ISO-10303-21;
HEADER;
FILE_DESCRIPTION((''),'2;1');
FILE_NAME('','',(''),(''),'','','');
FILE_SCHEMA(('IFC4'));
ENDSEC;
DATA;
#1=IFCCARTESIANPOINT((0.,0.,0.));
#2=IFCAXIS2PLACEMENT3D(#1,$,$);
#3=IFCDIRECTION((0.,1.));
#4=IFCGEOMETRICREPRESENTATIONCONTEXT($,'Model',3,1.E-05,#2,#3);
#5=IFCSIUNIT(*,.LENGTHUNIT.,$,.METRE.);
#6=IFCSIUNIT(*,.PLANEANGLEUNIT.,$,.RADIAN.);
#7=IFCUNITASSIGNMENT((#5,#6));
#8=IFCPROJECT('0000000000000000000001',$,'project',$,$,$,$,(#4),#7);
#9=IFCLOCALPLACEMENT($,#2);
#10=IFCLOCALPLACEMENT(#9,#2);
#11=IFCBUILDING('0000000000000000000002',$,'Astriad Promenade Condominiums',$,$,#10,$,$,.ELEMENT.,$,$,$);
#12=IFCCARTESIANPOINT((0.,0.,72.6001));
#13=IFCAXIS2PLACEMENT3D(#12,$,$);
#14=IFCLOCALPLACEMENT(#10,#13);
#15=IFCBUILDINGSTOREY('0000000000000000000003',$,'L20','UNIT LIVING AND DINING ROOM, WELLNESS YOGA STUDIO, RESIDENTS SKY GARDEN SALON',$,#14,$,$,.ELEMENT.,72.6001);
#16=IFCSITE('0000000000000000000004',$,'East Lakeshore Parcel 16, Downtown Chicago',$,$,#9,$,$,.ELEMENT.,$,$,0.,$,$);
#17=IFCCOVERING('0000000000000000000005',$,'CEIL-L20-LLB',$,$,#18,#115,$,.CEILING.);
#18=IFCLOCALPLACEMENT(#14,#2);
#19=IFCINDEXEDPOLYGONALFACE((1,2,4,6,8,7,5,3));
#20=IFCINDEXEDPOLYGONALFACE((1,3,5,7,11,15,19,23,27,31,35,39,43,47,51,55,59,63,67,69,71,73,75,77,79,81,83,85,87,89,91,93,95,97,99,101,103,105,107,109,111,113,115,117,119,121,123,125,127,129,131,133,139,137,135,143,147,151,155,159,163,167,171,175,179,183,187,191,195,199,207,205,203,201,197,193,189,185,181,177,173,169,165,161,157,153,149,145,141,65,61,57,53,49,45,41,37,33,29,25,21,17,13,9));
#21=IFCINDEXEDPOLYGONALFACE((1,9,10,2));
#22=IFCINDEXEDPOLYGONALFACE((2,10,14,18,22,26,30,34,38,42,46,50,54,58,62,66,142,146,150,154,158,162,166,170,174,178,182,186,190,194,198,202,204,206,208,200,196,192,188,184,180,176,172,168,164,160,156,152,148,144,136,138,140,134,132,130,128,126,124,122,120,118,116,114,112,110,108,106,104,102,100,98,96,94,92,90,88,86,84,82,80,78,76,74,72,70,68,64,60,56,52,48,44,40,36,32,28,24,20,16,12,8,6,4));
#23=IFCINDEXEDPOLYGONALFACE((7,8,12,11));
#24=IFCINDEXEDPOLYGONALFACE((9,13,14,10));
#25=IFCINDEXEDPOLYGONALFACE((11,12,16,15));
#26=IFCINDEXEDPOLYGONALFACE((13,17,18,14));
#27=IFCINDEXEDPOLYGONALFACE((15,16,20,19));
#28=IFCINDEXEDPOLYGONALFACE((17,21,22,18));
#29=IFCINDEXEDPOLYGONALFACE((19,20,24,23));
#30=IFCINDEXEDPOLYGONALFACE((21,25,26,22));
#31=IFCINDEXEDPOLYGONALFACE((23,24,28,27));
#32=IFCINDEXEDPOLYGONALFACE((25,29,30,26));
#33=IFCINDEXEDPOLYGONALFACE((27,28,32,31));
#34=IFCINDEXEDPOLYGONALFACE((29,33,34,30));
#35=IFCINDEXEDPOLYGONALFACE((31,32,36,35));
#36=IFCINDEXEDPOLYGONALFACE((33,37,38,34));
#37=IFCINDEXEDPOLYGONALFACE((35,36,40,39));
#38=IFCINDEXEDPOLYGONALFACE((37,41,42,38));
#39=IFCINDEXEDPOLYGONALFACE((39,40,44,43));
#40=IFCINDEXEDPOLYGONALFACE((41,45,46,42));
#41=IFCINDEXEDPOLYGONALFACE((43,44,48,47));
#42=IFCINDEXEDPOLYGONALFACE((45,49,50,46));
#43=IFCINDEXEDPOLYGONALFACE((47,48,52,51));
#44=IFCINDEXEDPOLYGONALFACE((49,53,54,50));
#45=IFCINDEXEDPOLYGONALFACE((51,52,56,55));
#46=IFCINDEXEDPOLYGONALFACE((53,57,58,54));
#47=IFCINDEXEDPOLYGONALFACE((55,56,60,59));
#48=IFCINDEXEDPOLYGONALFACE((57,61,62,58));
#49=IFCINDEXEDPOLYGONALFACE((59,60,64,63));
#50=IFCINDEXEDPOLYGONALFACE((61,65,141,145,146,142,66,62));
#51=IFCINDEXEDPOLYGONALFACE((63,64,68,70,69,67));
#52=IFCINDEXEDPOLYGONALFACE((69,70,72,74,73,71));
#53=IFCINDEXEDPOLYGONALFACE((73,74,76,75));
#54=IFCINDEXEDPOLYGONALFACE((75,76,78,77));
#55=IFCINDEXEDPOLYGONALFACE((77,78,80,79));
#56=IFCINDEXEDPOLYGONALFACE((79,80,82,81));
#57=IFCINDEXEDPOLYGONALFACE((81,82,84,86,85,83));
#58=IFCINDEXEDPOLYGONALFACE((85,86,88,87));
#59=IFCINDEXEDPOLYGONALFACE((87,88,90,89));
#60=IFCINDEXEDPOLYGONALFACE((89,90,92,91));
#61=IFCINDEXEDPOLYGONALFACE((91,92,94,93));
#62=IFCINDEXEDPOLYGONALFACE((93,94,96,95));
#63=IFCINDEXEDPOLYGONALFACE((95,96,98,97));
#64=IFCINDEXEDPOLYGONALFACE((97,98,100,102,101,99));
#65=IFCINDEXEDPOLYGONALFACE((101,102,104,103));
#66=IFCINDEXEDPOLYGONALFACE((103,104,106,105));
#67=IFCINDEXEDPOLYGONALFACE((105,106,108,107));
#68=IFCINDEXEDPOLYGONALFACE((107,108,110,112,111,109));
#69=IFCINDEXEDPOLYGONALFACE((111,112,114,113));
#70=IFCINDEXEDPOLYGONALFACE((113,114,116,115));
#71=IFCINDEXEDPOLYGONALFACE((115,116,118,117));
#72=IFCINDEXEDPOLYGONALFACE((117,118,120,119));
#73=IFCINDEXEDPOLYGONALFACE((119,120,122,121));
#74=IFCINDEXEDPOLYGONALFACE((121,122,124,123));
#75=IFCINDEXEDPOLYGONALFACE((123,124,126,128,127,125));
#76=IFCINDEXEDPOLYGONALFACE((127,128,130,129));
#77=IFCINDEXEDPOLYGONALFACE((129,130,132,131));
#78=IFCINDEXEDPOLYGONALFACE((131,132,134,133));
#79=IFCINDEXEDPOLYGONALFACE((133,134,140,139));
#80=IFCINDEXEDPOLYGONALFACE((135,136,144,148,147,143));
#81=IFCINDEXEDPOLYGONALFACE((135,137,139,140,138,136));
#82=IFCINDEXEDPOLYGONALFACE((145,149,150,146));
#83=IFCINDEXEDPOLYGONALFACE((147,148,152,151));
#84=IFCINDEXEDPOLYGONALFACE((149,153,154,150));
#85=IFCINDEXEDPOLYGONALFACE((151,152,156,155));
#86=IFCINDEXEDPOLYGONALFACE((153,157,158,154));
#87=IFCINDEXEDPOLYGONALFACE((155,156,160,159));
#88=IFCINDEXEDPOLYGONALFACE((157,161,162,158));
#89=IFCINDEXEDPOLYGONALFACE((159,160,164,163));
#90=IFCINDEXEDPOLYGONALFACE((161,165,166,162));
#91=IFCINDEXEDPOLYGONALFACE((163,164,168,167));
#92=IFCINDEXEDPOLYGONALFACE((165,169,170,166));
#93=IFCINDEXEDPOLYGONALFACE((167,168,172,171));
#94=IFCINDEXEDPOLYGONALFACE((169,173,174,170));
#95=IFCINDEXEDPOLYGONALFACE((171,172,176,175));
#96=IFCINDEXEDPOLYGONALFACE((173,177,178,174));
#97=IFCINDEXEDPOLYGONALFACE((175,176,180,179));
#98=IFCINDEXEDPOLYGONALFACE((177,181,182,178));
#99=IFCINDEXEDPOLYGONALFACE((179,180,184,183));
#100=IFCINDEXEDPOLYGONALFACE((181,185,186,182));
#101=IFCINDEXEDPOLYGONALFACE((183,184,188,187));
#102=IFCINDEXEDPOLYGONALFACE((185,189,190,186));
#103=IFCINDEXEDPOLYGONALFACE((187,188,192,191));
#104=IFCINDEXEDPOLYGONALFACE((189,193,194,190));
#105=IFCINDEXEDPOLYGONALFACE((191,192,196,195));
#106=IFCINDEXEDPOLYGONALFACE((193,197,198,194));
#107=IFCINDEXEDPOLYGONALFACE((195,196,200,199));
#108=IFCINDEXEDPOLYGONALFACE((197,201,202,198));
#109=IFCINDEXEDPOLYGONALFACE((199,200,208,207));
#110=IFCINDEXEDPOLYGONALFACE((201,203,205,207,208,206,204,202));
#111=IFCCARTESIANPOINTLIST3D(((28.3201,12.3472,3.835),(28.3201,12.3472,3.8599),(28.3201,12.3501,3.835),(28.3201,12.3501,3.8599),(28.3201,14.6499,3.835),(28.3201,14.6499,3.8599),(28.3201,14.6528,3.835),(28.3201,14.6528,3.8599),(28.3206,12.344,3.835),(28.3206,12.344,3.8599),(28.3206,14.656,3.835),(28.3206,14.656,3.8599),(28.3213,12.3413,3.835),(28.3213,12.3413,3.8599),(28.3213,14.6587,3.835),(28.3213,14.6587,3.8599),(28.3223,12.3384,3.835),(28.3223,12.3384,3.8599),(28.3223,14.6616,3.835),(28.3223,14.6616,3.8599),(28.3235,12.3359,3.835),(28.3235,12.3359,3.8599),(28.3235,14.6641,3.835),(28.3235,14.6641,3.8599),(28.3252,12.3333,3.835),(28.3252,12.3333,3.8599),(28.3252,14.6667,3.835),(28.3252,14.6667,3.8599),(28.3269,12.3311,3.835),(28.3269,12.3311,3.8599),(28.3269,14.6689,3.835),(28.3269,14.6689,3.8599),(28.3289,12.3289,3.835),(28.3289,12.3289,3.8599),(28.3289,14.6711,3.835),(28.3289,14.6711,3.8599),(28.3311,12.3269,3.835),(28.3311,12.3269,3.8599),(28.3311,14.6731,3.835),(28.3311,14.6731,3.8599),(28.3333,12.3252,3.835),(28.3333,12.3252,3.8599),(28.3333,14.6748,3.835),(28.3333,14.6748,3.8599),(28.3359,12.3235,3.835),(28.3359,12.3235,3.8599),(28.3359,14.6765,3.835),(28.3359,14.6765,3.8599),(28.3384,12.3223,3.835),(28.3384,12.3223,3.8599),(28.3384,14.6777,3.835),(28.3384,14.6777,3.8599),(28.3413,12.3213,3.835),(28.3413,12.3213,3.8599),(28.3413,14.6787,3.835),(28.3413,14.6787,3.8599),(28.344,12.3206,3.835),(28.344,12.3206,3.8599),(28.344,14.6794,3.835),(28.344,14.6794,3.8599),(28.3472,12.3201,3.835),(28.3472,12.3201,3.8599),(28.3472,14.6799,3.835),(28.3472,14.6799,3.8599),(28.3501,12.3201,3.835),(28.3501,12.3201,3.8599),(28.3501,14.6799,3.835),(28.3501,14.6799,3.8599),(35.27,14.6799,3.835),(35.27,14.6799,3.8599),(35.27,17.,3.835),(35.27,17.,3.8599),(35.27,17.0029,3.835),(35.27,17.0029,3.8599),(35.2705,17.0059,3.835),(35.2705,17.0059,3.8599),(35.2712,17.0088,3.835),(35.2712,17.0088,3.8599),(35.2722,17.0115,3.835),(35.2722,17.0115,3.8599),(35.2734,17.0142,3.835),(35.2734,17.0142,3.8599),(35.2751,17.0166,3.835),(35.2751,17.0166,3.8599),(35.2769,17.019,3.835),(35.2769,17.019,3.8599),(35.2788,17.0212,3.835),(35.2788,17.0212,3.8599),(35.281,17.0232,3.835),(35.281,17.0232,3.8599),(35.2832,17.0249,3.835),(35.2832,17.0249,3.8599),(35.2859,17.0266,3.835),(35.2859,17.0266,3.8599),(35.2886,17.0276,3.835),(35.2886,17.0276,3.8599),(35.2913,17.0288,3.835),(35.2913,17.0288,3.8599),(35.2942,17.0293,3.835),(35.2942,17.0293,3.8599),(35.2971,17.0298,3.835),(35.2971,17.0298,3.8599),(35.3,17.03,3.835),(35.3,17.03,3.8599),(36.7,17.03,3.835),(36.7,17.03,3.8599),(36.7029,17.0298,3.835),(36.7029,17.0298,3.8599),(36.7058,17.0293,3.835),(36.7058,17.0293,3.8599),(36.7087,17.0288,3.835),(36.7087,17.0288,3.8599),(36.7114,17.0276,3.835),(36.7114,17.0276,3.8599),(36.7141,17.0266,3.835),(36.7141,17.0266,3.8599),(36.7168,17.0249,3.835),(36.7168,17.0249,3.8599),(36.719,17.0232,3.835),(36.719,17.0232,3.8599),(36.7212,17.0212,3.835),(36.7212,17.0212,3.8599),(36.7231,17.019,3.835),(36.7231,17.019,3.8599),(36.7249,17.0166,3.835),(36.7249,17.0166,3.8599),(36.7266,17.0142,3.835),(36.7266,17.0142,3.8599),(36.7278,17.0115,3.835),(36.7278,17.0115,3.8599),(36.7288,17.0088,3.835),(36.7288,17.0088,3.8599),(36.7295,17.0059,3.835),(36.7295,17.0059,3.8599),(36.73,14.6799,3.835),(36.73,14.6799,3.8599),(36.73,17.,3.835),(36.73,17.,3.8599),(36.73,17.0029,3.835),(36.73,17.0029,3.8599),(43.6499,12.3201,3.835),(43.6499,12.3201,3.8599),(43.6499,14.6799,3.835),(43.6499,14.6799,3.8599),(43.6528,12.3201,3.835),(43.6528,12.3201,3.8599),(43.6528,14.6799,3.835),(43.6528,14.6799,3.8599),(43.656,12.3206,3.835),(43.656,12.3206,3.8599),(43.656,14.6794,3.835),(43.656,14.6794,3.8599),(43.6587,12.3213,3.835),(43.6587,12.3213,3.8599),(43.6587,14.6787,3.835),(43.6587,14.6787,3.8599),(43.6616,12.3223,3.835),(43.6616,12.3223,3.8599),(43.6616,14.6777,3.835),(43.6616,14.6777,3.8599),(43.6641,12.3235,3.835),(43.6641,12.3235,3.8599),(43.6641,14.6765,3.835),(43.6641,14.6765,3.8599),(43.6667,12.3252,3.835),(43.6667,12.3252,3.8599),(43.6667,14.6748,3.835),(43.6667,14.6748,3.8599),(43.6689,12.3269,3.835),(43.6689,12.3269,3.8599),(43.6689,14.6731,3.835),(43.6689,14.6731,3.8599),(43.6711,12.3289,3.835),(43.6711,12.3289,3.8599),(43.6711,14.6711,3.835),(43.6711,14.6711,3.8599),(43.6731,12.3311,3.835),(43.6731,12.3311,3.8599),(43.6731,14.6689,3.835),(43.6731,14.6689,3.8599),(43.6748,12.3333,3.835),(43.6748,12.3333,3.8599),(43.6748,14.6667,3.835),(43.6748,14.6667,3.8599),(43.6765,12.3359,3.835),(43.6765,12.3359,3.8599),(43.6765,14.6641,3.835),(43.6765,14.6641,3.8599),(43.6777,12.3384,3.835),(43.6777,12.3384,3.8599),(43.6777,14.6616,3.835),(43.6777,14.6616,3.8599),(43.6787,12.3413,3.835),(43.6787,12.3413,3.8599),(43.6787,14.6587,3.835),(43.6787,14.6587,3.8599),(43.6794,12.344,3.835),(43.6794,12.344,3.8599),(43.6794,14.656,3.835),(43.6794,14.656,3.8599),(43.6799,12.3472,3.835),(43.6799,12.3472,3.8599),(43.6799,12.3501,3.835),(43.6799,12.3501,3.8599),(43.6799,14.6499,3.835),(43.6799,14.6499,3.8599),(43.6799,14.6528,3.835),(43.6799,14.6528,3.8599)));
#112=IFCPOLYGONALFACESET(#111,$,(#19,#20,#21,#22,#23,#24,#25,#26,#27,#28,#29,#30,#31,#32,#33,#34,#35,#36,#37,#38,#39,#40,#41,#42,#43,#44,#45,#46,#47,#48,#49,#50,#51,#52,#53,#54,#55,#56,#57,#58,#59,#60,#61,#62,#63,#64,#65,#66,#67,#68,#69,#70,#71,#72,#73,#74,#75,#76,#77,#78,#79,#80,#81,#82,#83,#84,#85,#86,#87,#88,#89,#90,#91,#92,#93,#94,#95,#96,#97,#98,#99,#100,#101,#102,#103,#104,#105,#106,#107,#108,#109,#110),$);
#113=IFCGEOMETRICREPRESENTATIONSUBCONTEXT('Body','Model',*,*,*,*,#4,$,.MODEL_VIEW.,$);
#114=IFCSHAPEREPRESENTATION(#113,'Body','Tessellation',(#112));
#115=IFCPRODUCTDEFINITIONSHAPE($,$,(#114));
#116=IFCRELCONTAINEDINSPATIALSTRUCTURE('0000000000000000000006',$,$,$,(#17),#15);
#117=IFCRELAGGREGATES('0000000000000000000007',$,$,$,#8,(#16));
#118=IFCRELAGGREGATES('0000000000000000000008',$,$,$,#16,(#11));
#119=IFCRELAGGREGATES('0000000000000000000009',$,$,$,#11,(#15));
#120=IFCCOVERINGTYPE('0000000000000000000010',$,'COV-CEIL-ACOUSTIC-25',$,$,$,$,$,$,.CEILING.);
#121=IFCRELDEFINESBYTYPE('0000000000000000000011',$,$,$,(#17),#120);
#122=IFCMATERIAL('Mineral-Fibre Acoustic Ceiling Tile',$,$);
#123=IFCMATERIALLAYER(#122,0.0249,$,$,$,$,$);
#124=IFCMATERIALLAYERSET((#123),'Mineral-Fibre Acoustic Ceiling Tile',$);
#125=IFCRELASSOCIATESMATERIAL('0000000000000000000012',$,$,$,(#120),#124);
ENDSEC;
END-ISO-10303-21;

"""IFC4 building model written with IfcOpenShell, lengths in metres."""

from ifc_helpers import new_model, si_unit, direction, frame, origin, place, context, subcontext, project, spatial, polyline, outline, extrude, material, layer, layer_set, type_object, element, save


model = new_model("IFC4")

# Units and contexts
model_context = context("Model", 3, precision=1e-05, world=origin(), true_north=direction((0.0, 1.0)))
body_context = subcontext(model_context, "Body", "Model", "MODEL_VIEW")
ifc_project = project(units=[si_unit("LENGTHUNIT", "METRE"), si_unit("PLANEANGLEUNIT", "RADIAN")], contexts=[model_context])

# Site, building, storey
site_placement = place(None, origin())
site = spatial("IfcSite", under=ifc_project, at=site_placement, Name="East Lakeshore Parcel 16, Downtown Chicago", CompositionType="ELEMENT", RefElevation=0.0)
building_placement = place(site_placement, origin())
building = spatial("IfcBuilding", under=site, at=building_placement, Name="Astriad Promenade Condominiums", CompositionType="ELEMENT")
storey_placement = place(building_placement, frame((0.0, 0.0, 72.6001)))
storey = spatial("IfcBuildingStorey", under=building, at=storey_placement, Name="L20", Description="UNIT LIVING AND DINING ROOM, WELLNESS YOGA STUDIO, RESIDENTS SKY GARDEN SALON", CompositionType="ELEMENT", Elevation=72.6001)

# Covering
ifc_material_1 = material(Name="Mineral-Fibre Acoustic Ceiling Tile")
ifc_layer_1 = layer(ifc_material_1, 0.0249)
ifc_layer_set_1 = layer_set([ifc_layer_1], Name="Mineral-Fibre Acoustic Ceiling Tile")
covering_type_1 = type_object("IfcCoveringType", Name="COV-CEIL-ACOUSTIC-25", PredefinedType="CEILING", material=ifc_layer_set_1)
covering_1_placement = place(storey_placement, frame((0.0, 0.0, 3.835)))
element("IfcCovering", 1, at=covering_1_placement, inside=storey, type_object=covering_type_1, Name="CEIL-L20-LLB", PredefinedType="CEILING", context=body_context, shape_type="SweptSolid", body=[
    extrude(outline(polyline([(43.6799, 12.3501), (43.6799, 12.3472), (43.6794, 12.344), (43.6787, 12.3413), (43.6777, 12.3384), (43.6765, 12.3359), (43.6748, 12.3333), (43.6731, 12.3311), (43.6711, 12.3289), (43.6689, 12.3269), (43.6667, 12.3252), (43.6641, 12.3235), (43.6616, 12.3223), (43.6587, 12.3213), (43.656, 12.3206), (43.6528, 12.3201), (43.6499, 12.3201), (28.3501, 12.3201), (28.3472, 12.3201), (28.344, 12.3206), (28.3413, 12.3213), (28.3384, 12.3223), (28.3359, 12.3235), (28.3333, 12.3252), (28.3311, 12.3269), (28.3289, 12.3289), (28.3269, 12.3311), (28.3252, 12.3333), (28.3235, 12.3359), (28.3223, 12.3384), (28.3213, 12.3413), (28.3206, 12.344), (28.3201, 12.3472), (28.3201, 12.3501), (28.3201, 14.6499), (28.3201, 14.6528), (28.3206, 14.656), (28.3213, 14.6587), (28.3223, 14.6616), (28.3235, 14.6641), (28.3252, 14.6667), (28.3269, 14.6689), (28.3289, 14.6711), (28.3311, 14.6731), (28.3333, 14.6748), (28.3359, 14.6765), (28.3384, 14.6777), (28.3413, 14.6787), (28.344, 14.6794), (28.3472, 14.6799), (28.3501, 14.6799), (35.27, 14.6799), (35.27, 17.0), (35.27, 17.0029), (35.2705, 17.0059), (35.2712, 17.0088), (35.2722, 17.0115), (35.2734, 17.0142), (35.2751, 17.0166), (35.2769, 17.019), (35.2788, 17.0212), (35.281, 17.0232), (35.2832, 17.0249), (35.2859, 17.0266), (35.2886, 17.0276), (35.2913, 17.0288), (35.2942, 17.0293), (35.2971, 17.0298), (35.3, 17.03), (36.7, 17.03), (36.7029, 17.0298), (36.7058, 17.0293), (36.7087, 17.0288), (36.7114, 17.0276), (36.7141, 17.0266), (36.7168, 17.0249), (36.719, 17.0232), (36.7212, 17.0212), (36.7231, 17.019), (36.7249, 17.0166), (36.7266, 17.0142), (36.7278, 17.0115), (36.7288, 17.0088), (36.7295, 17.0059), (36.73, 17.0029), (36.73, 17.0), (36.73, 14.6799), (43.6499, 14.6799), (43.6528, 14.6799), (43.656, 14.6794), (43.6587, 14.6787), (43.6616, 14.6777), (43.6641, 14.6765), (43.6667, 14.6748), (43.6689, 14.6731), (43.6711, 14.6711), (43.6731, 14.6689), (43.6748, 14.6667), (43.6765, 14.6641), (43.6777, 14.6616), (43.6787, 14.6587), (43.6794, 14.656), (43.6799, 14.6528), (43.6799, 14.6499), (43.6799, 12.3501)])), origin(), (0.0, 0.0, 1.0), 0.0249),
])

save(model, "model.ifc")
